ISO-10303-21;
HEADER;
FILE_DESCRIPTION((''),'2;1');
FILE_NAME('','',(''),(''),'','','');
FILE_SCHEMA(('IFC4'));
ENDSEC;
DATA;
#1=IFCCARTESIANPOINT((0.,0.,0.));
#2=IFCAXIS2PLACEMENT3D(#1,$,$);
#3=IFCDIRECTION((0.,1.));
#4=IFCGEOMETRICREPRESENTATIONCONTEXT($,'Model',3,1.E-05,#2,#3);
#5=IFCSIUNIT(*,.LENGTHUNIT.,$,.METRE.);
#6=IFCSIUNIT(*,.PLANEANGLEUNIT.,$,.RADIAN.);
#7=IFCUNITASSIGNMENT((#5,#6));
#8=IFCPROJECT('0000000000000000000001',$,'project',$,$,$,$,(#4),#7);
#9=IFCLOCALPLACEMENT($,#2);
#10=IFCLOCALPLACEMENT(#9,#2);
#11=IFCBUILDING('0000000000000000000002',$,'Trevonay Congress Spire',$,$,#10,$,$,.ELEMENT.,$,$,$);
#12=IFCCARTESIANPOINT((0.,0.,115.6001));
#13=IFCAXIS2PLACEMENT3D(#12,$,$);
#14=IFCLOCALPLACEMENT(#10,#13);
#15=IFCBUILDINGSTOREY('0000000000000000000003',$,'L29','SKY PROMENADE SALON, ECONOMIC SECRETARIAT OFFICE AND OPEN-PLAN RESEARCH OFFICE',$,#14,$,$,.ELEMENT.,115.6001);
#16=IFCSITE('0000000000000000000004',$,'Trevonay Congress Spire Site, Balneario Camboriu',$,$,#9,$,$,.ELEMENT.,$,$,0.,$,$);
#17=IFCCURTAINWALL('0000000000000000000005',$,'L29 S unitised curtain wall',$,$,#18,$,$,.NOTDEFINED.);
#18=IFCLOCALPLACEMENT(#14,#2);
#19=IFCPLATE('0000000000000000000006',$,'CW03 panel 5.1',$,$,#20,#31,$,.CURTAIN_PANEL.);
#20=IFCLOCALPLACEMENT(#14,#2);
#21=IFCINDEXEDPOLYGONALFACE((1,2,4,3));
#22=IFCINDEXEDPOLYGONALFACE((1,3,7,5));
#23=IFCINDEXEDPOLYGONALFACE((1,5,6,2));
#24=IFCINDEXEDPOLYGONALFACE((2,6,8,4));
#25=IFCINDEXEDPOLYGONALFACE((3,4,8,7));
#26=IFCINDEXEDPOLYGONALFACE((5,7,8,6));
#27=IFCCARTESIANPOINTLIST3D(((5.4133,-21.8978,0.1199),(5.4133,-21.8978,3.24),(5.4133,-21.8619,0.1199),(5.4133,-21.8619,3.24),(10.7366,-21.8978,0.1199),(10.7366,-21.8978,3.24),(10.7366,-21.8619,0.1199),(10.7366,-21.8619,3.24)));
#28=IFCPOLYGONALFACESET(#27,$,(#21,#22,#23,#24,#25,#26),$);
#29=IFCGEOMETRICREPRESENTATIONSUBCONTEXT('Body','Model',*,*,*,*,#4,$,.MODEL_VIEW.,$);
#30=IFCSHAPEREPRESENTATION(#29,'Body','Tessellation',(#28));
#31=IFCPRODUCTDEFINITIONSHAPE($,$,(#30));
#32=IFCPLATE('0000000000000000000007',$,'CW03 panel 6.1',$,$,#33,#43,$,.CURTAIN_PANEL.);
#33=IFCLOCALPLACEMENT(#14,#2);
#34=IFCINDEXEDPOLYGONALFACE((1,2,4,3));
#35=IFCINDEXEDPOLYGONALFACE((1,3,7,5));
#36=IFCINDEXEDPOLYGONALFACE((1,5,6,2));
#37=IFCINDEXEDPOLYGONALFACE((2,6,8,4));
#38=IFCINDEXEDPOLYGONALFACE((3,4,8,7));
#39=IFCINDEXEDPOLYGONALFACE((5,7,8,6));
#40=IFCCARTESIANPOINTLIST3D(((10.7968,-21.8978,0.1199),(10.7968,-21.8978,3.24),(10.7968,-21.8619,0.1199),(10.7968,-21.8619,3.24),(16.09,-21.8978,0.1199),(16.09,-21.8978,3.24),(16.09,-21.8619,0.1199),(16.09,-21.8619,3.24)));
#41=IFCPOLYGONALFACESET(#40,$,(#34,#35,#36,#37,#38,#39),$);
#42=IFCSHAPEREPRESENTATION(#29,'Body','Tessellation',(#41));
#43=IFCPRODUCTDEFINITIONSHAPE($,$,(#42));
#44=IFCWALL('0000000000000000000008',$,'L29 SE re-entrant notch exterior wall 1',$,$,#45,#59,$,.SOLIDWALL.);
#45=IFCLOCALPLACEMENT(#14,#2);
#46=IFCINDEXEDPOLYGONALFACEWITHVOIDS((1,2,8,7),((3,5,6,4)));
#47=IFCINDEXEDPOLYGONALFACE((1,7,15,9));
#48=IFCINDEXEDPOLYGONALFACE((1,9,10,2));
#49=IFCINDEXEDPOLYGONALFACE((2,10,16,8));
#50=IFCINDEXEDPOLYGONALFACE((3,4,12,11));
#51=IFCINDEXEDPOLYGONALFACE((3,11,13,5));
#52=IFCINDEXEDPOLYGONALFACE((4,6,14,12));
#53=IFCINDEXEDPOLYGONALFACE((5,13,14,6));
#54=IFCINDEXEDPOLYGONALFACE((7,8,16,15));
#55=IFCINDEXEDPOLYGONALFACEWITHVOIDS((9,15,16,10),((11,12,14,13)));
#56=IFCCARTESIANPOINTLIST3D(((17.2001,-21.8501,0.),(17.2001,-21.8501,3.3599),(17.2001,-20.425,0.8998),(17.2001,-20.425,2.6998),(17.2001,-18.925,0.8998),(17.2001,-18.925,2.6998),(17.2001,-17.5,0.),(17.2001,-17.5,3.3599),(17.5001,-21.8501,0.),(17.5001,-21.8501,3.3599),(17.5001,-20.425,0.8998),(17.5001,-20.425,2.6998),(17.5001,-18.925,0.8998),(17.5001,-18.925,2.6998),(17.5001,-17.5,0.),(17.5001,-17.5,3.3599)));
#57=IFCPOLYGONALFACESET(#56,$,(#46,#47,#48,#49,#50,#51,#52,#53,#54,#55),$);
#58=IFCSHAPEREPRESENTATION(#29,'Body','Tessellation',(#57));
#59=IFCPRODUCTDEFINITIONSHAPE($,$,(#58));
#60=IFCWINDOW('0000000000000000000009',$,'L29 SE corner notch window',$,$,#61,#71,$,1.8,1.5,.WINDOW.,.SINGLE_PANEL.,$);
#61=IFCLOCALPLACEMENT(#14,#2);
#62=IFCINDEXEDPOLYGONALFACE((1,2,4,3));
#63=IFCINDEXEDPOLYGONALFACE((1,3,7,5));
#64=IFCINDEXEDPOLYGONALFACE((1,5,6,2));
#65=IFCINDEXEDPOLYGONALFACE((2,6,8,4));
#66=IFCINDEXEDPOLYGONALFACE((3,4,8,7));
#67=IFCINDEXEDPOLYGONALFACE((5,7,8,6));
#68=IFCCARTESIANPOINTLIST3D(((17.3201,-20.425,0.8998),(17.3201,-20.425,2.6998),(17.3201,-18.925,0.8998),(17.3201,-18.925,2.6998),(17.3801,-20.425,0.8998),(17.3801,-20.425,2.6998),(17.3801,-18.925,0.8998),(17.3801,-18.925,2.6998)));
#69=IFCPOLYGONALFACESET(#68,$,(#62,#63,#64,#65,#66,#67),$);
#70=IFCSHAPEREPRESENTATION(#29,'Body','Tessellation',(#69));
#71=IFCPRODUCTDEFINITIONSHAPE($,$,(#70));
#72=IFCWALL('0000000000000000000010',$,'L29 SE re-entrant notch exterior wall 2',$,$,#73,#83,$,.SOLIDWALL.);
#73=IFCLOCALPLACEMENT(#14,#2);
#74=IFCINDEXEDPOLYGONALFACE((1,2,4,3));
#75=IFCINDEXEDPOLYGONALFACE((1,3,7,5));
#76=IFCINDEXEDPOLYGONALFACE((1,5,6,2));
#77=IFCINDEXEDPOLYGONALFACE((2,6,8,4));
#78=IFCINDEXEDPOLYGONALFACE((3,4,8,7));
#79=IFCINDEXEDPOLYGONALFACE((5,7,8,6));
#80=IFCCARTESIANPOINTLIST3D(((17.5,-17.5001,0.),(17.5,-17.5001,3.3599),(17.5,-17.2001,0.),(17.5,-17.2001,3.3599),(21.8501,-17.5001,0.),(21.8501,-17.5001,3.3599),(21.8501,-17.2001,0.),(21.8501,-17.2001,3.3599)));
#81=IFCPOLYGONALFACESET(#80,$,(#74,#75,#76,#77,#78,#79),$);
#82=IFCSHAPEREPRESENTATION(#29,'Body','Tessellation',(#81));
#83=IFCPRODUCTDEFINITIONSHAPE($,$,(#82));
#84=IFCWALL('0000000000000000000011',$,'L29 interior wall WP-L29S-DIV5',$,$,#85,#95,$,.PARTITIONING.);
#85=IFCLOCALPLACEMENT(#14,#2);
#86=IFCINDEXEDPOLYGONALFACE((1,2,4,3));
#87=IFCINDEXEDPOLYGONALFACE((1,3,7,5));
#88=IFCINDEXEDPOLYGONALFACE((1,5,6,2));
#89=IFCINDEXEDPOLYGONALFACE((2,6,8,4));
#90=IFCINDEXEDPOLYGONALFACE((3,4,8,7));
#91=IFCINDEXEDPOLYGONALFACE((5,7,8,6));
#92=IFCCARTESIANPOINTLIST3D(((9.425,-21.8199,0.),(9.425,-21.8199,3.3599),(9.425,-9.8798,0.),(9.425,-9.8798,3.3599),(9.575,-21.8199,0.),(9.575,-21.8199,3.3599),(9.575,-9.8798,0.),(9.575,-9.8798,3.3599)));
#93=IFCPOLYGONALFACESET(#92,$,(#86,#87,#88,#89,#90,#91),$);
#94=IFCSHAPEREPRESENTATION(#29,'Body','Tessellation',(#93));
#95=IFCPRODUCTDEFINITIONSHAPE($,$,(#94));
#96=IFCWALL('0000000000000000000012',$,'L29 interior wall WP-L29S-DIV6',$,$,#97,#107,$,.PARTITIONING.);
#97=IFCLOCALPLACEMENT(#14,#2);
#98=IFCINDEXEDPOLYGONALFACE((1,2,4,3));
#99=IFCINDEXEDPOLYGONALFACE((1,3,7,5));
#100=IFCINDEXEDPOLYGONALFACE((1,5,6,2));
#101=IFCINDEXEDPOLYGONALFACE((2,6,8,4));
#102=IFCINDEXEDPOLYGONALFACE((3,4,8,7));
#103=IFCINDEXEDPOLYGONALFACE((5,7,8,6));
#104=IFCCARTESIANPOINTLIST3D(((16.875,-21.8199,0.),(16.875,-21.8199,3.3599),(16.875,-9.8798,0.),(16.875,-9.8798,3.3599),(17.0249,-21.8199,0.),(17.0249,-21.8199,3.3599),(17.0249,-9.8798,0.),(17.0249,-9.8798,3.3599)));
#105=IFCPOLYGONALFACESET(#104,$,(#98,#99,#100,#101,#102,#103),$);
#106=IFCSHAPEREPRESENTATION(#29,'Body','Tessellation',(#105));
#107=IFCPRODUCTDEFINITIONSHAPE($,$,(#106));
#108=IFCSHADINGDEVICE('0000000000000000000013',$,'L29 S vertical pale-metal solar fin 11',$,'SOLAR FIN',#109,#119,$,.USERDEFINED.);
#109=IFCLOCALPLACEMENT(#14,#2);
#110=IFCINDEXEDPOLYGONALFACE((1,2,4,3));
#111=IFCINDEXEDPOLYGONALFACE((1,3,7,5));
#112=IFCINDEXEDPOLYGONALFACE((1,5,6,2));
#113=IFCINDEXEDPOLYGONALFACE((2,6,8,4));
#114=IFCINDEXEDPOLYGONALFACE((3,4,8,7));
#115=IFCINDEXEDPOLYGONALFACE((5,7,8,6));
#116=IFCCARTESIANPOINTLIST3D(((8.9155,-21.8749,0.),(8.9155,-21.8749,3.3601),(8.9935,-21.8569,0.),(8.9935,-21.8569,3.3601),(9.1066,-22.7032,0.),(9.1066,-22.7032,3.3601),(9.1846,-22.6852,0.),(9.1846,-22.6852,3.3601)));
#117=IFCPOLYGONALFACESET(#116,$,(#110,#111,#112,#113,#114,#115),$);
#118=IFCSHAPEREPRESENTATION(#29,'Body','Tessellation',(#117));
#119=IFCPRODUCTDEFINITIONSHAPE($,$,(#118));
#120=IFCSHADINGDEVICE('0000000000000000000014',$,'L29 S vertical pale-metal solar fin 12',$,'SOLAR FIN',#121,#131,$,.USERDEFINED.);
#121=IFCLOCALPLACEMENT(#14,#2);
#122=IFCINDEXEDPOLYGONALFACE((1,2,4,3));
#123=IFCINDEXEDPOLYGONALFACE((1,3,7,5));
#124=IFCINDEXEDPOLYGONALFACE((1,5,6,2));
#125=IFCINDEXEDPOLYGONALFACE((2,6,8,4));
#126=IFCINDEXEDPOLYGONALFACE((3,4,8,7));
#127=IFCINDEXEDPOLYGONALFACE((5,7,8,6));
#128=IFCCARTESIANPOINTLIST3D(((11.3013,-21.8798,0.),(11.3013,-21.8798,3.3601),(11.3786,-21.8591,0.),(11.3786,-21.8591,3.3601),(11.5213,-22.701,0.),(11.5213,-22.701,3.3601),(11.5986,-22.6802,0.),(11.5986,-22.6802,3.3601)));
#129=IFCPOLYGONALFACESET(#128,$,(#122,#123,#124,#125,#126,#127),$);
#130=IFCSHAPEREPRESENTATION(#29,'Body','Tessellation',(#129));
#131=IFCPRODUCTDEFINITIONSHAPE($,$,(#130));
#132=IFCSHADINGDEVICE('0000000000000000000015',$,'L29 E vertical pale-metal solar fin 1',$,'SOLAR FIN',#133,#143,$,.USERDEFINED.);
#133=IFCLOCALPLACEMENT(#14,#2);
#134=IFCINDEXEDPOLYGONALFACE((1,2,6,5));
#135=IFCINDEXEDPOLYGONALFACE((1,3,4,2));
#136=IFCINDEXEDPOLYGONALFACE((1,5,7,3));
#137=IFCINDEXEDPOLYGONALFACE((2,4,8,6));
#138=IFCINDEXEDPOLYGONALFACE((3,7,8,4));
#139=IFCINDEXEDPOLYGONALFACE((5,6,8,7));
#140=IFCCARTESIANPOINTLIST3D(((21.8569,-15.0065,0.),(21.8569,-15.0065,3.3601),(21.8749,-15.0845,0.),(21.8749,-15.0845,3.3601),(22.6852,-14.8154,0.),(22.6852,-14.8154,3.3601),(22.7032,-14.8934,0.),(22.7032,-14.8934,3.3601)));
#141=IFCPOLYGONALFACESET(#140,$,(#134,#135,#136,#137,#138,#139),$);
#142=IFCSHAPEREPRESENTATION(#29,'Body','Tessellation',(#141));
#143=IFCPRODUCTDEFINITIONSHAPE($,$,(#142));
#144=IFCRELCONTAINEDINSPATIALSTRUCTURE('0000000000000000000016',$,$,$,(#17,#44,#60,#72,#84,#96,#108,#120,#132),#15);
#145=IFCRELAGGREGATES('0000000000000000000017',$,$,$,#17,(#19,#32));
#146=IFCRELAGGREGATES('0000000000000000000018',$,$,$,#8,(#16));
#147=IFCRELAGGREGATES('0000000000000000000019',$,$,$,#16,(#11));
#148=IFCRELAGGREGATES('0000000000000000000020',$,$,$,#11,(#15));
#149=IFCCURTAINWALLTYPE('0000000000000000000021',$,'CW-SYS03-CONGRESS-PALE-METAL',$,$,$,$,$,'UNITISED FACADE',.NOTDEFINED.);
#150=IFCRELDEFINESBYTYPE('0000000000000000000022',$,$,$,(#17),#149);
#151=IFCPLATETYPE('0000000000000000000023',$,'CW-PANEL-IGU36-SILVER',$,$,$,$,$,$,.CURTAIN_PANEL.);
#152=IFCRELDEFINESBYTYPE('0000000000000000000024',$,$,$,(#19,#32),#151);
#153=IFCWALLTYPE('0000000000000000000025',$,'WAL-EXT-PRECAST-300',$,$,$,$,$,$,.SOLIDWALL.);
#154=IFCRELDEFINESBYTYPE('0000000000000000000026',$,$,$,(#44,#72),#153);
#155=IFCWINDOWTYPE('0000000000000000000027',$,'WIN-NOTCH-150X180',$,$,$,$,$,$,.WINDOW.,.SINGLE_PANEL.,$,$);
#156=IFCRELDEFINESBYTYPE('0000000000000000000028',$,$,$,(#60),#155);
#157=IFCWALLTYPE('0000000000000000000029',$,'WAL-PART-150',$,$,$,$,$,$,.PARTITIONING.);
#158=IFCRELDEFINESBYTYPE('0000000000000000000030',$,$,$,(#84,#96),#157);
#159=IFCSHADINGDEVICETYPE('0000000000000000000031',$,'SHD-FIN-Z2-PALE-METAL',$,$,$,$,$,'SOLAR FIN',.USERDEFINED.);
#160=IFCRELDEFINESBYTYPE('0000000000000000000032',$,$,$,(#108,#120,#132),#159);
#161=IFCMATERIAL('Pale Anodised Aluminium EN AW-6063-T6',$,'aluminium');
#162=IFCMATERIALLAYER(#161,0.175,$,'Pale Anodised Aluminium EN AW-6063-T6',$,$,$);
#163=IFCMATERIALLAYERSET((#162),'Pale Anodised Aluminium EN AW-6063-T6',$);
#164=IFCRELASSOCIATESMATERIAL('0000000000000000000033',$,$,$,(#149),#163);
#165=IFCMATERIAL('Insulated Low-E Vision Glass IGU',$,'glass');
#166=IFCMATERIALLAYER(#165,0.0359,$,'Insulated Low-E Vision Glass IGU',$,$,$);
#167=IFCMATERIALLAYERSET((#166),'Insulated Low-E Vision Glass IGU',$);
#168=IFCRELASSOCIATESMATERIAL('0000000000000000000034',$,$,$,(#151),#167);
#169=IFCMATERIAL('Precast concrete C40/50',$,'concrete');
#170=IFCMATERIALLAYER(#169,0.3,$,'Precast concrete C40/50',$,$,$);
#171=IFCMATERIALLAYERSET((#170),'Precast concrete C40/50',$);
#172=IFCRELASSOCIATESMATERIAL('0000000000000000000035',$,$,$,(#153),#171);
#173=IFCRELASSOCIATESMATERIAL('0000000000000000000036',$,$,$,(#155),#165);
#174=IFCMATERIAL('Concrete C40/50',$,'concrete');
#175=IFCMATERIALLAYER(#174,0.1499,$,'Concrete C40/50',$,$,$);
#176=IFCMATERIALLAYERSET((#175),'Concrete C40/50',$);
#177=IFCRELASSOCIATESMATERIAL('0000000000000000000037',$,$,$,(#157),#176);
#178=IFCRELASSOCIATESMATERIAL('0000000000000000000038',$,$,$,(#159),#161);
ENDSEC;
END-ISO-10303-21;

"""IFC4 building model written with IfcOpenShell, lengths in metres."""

from ifc_helpers import new_model, si_unit, direction, frame, frame_2d, origin, origin_2d, place, context, subcontext, project, spatial, rectangle, extrude, material, layer, layer_set, type_object, element, fill, aggregate, save


model = new_model("IFC4")

# Units and contexts
model_context = context("Model", 3, precision=1e-05, world=origin(), true_north=direction((0.0, 1.0)))
body_context = subcontext(model_context, "Body", "Model", "MODEL_VIEW")
ifc_project = project(units=[si_unit("LENGTHUNIT", "METRE"), si_unit("PLANEANGLEUNIT", "RADIAN")], contexts=[model_context])

# Site, building, storey
site_placement = place(None, origin())
site = spatial("IfcSite", under=ifc_project, at=site_placement, Name="Trevonay Congress Spire Site, Balneario Camboriu", CompositionType="ELEMENT", RefElevation=0.0)
building_placement = place(site_placement, origin())
building = spatial("IfcBuilding", under=site, at=building_placement, Name="Trevonay Congress Spire", CompositionType="ELEMENT")
storey_placement = place(building_placement, frame((0.0, 0.0, 115.6001)))
storey = spatial("IfcBuildingStorey", under=building, at=storey_placement, Name="L29", Description="SKY PROMENADE SALON, ECONOMIC SECRETARIAT OFFICE AND OPEN-PLAN RESEARCH OFFICE", CompositionType="ELEMENT", Elevation=115.6001)

# Curtain wall
ifc_material_1 = material(Name="Pale Anodised Aluminium EN AW-6063-T6", Category="aluminium")
ifc_layer_1 = layer(ifc_material_1, 0.175, Name="Pale Anodised Aluminium EN AW-6063-T6")
ifc_layer_set_1 = layer_set([ifc_layer_1], Name="Pale Anodised Aluminium EN AW-6063-T6")
curtain_wall_type = type_object("IfcCurtainWallType", Name="CW-SYS03-CONGRESS-PALE-METAL", ElementType="UNITISED FACADE", PredefinedType="NOTDEFINED", material=ifc_layer_set_1)
curtain_wall_1_placement = place(storey_placement, origin())
curtain_wall_1 = element("IfcCurtainWall", 1, at=curtain_wall_1_placement, inside=storey, type_object=curtain_wall_type, Name="L29 S unitised curtain wall", PredefinedType="NOTDEFINED")

# Plates
ifc_material_2 = material(Name="Insulated Low-E Vision Glass IGU", Category="glass")
ifc_layer_2 = layer(ifc_material_2, 0.0359, Name="Insulated Low-E Vision Glass IGU")
ifc_layer_set_2 = layer_set([ifc_layer_2], Name="Insulated Low-E Vision Glass IGU")
plate_type = type_object("IfcPlateType", Name="CW-PANEL-IGU36-SILVER", PredefinedType="CURTAIN_PANEL", material=ifc_layer_set_2)
plate_1_placement = place(storey_placement, frame((8.075, -21.8799, 0.1199), z_axis=(0.0, 0.0, 1.0), x_axis=(1.0, 0.0, 0.0)))
plate_1 = element("IfcPlate", 2, at=plate_1_placement, type_object=plate_type, Name="CW03 panel 5.1", PredefinedType="CURTAIN_PANEL", context=body_context, shape_type="SweptSolid", body=[
    extrude(rectangle(XDim=5.3232, YDim=0.0359, at=origin_2d()), origin(), (0.0, 0.0, 1.0), 3.1201),
])
plate_2_placement = place(storey_placement, frame((13.4434, -21.8799, 0.1199), z_axis=(0.0, 0.0, 1.0), x_axis=(1.0, 0.0, 0.0)))
plate_2 = element("IfcPlate", 3, at=plate_2_placement, type_object=plate_type, Name="CW03 panel 6.1", PredefinedType="CURTAIN_PANEL", context=body_context, shape_type="SweptSolid", body=[
    extrude(rectangle(XDim=5.2932, YDim=0.0359, at=origin_2d()), origin(), (0.0, 0.0, 1.0), 3.1201),
])
aggregate(curtain_wall_1, [plate_1, plate_2])

# Wall, opening, window
ifc_material_3 = material(Name="Precast concrete C40/50", Category="concrete")
ifc_layer_3 = layer(ifc_material_3, 0.3, Name="Precast concrete C40/50")
ifc_layer_set_3 = layer_set([ifc_layer_3], Name="Precast concrete C40/50")
wall_type_1 = type_object("IfcWallType", Name="WAL-EXT-PRECAST-300", PredefinedType="SOLIDWALL", material=ifc_layer_set_3)
wall_1_placement = place(storey_placement, frame((17.3501, -21.8501, 0.0), z_axis=(0.0, 0.0, 1.0), x_axis=(0.0, 1.0, 0.0)))
wall_1 = element("IfcWall", 4, at=wall_1_placement, inside=storey, type_object=wall_type_1, Name="L29 SE re-entrant notch exterior wall 1", PredefinedType="SOLIDWALL", context=body_context, shape_type="SweptSolid", body=[
    extrude(rectangle(XDim=4.3501, YDim=0.3, at=frame_2d((2.175, 0.0))), origin(), (0.0, 0.0, 1.0), 3.3599),
])
opening_placement = place(wall_1_placement, frame((1.425, 0.0, 0.8999)))
opening = element("IfcOpeningElement", 5, at=opening_placement, cuts=wall_1, PredefinedType="OPENING", context=body_context, shape_type="SweptSolid", body=[
    extrude(rectangle(XDim=1.5, YDim=1.8, at=frame_2d((0.75, 0.8999))), frame((0.0, 0.1602, 0.0), z_axis=(0.0, -1.0, 0.0), x_axis=(1.0, 0.0, 0.0)), (0.0, 0.0, 1.0), 0.3201),
])
window_type = type_object("IfcWindowType", Name="WIN-NOTCH-150X180", PartitioningType="SINGLE_PANEL", PredefinedType="WINDOW", material=ifc_material_2)
window_placement = place(opening_placement, origin())
window = element("IfcWindow", 6, at=window_placement, inside=storey, type_object=window_type, Name="L29 SE corner notch window", OverallHeight=1.8, OverallWidth=1.5, PartitioningType="SINGLE_PANEL", PredefinedType="WINDOW", context=body_context, shape_type="SweptSolid", body=[
    extrude(rectangle(XDim=1.5, YDim=1.8, at=frame_2d((0.75, 0.8999))), frame((0.0, 0.03, 0.0), z_axis=(0.0, -1.0, 0.0), x_axis=(1.0, 0.0, 0.0)), (0.0, 0.0, 1.0), 0.0601),
])
fill(opening, window)

# Walls
wall_2_placement = place(storey_placement, frame((21.8501, -17.3501, 0.0), z_axis=(0.0, 0.0, 1.0), x_axis=(-1.0, 0.0, 0.0)))
element("IfcWall", 7, at=wall_2_placement, inside=storey, type_object=wall_type_1, Name="L29 SE re-entrant notch exterior wall 2", PredefinedType="SOLIDWALL", context=body_context, shape_type="SweptSolid", body=[
    extrude(rectangle(XDim=4.3501, YDim=0.3, at=frame_2d((2.175, 0.0))), origin(), (0.0, 0.0, 1.0), 3.3599),
])
ifc_material_4 = material(Name="Concrete C40/50", Category="concrete")
ifc_layer_4 = layer(ifc_material_4, 0.1499, Name="Concrete C40/50")
ifc_layer_set_4 = layer_set([ifc_layer_4], Name="Concrete C40/50")
wall_type_2 = type_object("IfcWallType", Name="WAL-PART-150", PredefinedType="PARTITIONING", material=ifc_layer_set_4)
for number, where, z_axis, x_axis, name in (
    (8, (9.5, -21.8201, 0.0), (0.0, 0.0, 1.0), (0.0, 1.0, 0.0), "L29 interior wall WP-L29S-DIV5"),
    (9, (16.95, -21.8201, 0.0), (0.0, 0.0, 1.0), (0.0, 1.0, 0.0), "L29 interior wall WP-L29S-DIV6"),
):
    element("IfcWall", number, at=place(storey_placement, frame(where, z_axis=z_axis, x_axis=x_axis)), inside=storey, type_object=wall_type_2, Name=name, PredefinedType="PARTITIONING", context=body_context, shape_type="SweptSolid", body=[
        extrude(rectangle(XDim=11.9402, YDim=0.1499, at=frame_2d((5.9702, 0.0))), origin(), (0.0, 0.0, 1.0), 3.3599),
    ])

# Shading devices
shading_device_type = type_object("IfcShadingDeviceType", Name="SHD-FIN-Z2-PALE-METAL", ElementType="SOLAR FIN", PredefinedType="USERDEFINED", material=ifc_material_1)
for number, where, z_axis, x_axis, name in (
    (10, (9.05, -22.28, 0.0), (0.0, 0.0, 1.0), (0.974409, 0.224781, 0.0), "L29 S vertical pale-metal solar fin 11"),
    (11, (11.45, -22.28, 0.0), (0.0, 0.0, 1.0), (0.965926, 0.258819, 0.0), "L29 S vertical pale-metal solar fin 12"),
    (12, (22.28, -14.95, 0.0), (0.0, 0.0, 1.0), (-0.224781, 0.974409, 0.0), "L29 E vertical pale-metal solar fin 1"),
):
    element("IfcShadingDevice", number, at=place(storey_placement, frame(where, z_axis=z_axis, x_axis=x_axis)), inside=storey, type_object=shading_device_type, Name=name, ObjectType="SOLAR FIN", PredefinedType="USERDEFINED", context=body_context, shape_type="SweptSolid", body=[
        extrude(rectangle(XDim=0.0801, YDim=0.8501, at=origin_2d()), origin(), (0.0, 0.0, 1.0), 3.3601),
    ])

save(model, "model.ifc")
